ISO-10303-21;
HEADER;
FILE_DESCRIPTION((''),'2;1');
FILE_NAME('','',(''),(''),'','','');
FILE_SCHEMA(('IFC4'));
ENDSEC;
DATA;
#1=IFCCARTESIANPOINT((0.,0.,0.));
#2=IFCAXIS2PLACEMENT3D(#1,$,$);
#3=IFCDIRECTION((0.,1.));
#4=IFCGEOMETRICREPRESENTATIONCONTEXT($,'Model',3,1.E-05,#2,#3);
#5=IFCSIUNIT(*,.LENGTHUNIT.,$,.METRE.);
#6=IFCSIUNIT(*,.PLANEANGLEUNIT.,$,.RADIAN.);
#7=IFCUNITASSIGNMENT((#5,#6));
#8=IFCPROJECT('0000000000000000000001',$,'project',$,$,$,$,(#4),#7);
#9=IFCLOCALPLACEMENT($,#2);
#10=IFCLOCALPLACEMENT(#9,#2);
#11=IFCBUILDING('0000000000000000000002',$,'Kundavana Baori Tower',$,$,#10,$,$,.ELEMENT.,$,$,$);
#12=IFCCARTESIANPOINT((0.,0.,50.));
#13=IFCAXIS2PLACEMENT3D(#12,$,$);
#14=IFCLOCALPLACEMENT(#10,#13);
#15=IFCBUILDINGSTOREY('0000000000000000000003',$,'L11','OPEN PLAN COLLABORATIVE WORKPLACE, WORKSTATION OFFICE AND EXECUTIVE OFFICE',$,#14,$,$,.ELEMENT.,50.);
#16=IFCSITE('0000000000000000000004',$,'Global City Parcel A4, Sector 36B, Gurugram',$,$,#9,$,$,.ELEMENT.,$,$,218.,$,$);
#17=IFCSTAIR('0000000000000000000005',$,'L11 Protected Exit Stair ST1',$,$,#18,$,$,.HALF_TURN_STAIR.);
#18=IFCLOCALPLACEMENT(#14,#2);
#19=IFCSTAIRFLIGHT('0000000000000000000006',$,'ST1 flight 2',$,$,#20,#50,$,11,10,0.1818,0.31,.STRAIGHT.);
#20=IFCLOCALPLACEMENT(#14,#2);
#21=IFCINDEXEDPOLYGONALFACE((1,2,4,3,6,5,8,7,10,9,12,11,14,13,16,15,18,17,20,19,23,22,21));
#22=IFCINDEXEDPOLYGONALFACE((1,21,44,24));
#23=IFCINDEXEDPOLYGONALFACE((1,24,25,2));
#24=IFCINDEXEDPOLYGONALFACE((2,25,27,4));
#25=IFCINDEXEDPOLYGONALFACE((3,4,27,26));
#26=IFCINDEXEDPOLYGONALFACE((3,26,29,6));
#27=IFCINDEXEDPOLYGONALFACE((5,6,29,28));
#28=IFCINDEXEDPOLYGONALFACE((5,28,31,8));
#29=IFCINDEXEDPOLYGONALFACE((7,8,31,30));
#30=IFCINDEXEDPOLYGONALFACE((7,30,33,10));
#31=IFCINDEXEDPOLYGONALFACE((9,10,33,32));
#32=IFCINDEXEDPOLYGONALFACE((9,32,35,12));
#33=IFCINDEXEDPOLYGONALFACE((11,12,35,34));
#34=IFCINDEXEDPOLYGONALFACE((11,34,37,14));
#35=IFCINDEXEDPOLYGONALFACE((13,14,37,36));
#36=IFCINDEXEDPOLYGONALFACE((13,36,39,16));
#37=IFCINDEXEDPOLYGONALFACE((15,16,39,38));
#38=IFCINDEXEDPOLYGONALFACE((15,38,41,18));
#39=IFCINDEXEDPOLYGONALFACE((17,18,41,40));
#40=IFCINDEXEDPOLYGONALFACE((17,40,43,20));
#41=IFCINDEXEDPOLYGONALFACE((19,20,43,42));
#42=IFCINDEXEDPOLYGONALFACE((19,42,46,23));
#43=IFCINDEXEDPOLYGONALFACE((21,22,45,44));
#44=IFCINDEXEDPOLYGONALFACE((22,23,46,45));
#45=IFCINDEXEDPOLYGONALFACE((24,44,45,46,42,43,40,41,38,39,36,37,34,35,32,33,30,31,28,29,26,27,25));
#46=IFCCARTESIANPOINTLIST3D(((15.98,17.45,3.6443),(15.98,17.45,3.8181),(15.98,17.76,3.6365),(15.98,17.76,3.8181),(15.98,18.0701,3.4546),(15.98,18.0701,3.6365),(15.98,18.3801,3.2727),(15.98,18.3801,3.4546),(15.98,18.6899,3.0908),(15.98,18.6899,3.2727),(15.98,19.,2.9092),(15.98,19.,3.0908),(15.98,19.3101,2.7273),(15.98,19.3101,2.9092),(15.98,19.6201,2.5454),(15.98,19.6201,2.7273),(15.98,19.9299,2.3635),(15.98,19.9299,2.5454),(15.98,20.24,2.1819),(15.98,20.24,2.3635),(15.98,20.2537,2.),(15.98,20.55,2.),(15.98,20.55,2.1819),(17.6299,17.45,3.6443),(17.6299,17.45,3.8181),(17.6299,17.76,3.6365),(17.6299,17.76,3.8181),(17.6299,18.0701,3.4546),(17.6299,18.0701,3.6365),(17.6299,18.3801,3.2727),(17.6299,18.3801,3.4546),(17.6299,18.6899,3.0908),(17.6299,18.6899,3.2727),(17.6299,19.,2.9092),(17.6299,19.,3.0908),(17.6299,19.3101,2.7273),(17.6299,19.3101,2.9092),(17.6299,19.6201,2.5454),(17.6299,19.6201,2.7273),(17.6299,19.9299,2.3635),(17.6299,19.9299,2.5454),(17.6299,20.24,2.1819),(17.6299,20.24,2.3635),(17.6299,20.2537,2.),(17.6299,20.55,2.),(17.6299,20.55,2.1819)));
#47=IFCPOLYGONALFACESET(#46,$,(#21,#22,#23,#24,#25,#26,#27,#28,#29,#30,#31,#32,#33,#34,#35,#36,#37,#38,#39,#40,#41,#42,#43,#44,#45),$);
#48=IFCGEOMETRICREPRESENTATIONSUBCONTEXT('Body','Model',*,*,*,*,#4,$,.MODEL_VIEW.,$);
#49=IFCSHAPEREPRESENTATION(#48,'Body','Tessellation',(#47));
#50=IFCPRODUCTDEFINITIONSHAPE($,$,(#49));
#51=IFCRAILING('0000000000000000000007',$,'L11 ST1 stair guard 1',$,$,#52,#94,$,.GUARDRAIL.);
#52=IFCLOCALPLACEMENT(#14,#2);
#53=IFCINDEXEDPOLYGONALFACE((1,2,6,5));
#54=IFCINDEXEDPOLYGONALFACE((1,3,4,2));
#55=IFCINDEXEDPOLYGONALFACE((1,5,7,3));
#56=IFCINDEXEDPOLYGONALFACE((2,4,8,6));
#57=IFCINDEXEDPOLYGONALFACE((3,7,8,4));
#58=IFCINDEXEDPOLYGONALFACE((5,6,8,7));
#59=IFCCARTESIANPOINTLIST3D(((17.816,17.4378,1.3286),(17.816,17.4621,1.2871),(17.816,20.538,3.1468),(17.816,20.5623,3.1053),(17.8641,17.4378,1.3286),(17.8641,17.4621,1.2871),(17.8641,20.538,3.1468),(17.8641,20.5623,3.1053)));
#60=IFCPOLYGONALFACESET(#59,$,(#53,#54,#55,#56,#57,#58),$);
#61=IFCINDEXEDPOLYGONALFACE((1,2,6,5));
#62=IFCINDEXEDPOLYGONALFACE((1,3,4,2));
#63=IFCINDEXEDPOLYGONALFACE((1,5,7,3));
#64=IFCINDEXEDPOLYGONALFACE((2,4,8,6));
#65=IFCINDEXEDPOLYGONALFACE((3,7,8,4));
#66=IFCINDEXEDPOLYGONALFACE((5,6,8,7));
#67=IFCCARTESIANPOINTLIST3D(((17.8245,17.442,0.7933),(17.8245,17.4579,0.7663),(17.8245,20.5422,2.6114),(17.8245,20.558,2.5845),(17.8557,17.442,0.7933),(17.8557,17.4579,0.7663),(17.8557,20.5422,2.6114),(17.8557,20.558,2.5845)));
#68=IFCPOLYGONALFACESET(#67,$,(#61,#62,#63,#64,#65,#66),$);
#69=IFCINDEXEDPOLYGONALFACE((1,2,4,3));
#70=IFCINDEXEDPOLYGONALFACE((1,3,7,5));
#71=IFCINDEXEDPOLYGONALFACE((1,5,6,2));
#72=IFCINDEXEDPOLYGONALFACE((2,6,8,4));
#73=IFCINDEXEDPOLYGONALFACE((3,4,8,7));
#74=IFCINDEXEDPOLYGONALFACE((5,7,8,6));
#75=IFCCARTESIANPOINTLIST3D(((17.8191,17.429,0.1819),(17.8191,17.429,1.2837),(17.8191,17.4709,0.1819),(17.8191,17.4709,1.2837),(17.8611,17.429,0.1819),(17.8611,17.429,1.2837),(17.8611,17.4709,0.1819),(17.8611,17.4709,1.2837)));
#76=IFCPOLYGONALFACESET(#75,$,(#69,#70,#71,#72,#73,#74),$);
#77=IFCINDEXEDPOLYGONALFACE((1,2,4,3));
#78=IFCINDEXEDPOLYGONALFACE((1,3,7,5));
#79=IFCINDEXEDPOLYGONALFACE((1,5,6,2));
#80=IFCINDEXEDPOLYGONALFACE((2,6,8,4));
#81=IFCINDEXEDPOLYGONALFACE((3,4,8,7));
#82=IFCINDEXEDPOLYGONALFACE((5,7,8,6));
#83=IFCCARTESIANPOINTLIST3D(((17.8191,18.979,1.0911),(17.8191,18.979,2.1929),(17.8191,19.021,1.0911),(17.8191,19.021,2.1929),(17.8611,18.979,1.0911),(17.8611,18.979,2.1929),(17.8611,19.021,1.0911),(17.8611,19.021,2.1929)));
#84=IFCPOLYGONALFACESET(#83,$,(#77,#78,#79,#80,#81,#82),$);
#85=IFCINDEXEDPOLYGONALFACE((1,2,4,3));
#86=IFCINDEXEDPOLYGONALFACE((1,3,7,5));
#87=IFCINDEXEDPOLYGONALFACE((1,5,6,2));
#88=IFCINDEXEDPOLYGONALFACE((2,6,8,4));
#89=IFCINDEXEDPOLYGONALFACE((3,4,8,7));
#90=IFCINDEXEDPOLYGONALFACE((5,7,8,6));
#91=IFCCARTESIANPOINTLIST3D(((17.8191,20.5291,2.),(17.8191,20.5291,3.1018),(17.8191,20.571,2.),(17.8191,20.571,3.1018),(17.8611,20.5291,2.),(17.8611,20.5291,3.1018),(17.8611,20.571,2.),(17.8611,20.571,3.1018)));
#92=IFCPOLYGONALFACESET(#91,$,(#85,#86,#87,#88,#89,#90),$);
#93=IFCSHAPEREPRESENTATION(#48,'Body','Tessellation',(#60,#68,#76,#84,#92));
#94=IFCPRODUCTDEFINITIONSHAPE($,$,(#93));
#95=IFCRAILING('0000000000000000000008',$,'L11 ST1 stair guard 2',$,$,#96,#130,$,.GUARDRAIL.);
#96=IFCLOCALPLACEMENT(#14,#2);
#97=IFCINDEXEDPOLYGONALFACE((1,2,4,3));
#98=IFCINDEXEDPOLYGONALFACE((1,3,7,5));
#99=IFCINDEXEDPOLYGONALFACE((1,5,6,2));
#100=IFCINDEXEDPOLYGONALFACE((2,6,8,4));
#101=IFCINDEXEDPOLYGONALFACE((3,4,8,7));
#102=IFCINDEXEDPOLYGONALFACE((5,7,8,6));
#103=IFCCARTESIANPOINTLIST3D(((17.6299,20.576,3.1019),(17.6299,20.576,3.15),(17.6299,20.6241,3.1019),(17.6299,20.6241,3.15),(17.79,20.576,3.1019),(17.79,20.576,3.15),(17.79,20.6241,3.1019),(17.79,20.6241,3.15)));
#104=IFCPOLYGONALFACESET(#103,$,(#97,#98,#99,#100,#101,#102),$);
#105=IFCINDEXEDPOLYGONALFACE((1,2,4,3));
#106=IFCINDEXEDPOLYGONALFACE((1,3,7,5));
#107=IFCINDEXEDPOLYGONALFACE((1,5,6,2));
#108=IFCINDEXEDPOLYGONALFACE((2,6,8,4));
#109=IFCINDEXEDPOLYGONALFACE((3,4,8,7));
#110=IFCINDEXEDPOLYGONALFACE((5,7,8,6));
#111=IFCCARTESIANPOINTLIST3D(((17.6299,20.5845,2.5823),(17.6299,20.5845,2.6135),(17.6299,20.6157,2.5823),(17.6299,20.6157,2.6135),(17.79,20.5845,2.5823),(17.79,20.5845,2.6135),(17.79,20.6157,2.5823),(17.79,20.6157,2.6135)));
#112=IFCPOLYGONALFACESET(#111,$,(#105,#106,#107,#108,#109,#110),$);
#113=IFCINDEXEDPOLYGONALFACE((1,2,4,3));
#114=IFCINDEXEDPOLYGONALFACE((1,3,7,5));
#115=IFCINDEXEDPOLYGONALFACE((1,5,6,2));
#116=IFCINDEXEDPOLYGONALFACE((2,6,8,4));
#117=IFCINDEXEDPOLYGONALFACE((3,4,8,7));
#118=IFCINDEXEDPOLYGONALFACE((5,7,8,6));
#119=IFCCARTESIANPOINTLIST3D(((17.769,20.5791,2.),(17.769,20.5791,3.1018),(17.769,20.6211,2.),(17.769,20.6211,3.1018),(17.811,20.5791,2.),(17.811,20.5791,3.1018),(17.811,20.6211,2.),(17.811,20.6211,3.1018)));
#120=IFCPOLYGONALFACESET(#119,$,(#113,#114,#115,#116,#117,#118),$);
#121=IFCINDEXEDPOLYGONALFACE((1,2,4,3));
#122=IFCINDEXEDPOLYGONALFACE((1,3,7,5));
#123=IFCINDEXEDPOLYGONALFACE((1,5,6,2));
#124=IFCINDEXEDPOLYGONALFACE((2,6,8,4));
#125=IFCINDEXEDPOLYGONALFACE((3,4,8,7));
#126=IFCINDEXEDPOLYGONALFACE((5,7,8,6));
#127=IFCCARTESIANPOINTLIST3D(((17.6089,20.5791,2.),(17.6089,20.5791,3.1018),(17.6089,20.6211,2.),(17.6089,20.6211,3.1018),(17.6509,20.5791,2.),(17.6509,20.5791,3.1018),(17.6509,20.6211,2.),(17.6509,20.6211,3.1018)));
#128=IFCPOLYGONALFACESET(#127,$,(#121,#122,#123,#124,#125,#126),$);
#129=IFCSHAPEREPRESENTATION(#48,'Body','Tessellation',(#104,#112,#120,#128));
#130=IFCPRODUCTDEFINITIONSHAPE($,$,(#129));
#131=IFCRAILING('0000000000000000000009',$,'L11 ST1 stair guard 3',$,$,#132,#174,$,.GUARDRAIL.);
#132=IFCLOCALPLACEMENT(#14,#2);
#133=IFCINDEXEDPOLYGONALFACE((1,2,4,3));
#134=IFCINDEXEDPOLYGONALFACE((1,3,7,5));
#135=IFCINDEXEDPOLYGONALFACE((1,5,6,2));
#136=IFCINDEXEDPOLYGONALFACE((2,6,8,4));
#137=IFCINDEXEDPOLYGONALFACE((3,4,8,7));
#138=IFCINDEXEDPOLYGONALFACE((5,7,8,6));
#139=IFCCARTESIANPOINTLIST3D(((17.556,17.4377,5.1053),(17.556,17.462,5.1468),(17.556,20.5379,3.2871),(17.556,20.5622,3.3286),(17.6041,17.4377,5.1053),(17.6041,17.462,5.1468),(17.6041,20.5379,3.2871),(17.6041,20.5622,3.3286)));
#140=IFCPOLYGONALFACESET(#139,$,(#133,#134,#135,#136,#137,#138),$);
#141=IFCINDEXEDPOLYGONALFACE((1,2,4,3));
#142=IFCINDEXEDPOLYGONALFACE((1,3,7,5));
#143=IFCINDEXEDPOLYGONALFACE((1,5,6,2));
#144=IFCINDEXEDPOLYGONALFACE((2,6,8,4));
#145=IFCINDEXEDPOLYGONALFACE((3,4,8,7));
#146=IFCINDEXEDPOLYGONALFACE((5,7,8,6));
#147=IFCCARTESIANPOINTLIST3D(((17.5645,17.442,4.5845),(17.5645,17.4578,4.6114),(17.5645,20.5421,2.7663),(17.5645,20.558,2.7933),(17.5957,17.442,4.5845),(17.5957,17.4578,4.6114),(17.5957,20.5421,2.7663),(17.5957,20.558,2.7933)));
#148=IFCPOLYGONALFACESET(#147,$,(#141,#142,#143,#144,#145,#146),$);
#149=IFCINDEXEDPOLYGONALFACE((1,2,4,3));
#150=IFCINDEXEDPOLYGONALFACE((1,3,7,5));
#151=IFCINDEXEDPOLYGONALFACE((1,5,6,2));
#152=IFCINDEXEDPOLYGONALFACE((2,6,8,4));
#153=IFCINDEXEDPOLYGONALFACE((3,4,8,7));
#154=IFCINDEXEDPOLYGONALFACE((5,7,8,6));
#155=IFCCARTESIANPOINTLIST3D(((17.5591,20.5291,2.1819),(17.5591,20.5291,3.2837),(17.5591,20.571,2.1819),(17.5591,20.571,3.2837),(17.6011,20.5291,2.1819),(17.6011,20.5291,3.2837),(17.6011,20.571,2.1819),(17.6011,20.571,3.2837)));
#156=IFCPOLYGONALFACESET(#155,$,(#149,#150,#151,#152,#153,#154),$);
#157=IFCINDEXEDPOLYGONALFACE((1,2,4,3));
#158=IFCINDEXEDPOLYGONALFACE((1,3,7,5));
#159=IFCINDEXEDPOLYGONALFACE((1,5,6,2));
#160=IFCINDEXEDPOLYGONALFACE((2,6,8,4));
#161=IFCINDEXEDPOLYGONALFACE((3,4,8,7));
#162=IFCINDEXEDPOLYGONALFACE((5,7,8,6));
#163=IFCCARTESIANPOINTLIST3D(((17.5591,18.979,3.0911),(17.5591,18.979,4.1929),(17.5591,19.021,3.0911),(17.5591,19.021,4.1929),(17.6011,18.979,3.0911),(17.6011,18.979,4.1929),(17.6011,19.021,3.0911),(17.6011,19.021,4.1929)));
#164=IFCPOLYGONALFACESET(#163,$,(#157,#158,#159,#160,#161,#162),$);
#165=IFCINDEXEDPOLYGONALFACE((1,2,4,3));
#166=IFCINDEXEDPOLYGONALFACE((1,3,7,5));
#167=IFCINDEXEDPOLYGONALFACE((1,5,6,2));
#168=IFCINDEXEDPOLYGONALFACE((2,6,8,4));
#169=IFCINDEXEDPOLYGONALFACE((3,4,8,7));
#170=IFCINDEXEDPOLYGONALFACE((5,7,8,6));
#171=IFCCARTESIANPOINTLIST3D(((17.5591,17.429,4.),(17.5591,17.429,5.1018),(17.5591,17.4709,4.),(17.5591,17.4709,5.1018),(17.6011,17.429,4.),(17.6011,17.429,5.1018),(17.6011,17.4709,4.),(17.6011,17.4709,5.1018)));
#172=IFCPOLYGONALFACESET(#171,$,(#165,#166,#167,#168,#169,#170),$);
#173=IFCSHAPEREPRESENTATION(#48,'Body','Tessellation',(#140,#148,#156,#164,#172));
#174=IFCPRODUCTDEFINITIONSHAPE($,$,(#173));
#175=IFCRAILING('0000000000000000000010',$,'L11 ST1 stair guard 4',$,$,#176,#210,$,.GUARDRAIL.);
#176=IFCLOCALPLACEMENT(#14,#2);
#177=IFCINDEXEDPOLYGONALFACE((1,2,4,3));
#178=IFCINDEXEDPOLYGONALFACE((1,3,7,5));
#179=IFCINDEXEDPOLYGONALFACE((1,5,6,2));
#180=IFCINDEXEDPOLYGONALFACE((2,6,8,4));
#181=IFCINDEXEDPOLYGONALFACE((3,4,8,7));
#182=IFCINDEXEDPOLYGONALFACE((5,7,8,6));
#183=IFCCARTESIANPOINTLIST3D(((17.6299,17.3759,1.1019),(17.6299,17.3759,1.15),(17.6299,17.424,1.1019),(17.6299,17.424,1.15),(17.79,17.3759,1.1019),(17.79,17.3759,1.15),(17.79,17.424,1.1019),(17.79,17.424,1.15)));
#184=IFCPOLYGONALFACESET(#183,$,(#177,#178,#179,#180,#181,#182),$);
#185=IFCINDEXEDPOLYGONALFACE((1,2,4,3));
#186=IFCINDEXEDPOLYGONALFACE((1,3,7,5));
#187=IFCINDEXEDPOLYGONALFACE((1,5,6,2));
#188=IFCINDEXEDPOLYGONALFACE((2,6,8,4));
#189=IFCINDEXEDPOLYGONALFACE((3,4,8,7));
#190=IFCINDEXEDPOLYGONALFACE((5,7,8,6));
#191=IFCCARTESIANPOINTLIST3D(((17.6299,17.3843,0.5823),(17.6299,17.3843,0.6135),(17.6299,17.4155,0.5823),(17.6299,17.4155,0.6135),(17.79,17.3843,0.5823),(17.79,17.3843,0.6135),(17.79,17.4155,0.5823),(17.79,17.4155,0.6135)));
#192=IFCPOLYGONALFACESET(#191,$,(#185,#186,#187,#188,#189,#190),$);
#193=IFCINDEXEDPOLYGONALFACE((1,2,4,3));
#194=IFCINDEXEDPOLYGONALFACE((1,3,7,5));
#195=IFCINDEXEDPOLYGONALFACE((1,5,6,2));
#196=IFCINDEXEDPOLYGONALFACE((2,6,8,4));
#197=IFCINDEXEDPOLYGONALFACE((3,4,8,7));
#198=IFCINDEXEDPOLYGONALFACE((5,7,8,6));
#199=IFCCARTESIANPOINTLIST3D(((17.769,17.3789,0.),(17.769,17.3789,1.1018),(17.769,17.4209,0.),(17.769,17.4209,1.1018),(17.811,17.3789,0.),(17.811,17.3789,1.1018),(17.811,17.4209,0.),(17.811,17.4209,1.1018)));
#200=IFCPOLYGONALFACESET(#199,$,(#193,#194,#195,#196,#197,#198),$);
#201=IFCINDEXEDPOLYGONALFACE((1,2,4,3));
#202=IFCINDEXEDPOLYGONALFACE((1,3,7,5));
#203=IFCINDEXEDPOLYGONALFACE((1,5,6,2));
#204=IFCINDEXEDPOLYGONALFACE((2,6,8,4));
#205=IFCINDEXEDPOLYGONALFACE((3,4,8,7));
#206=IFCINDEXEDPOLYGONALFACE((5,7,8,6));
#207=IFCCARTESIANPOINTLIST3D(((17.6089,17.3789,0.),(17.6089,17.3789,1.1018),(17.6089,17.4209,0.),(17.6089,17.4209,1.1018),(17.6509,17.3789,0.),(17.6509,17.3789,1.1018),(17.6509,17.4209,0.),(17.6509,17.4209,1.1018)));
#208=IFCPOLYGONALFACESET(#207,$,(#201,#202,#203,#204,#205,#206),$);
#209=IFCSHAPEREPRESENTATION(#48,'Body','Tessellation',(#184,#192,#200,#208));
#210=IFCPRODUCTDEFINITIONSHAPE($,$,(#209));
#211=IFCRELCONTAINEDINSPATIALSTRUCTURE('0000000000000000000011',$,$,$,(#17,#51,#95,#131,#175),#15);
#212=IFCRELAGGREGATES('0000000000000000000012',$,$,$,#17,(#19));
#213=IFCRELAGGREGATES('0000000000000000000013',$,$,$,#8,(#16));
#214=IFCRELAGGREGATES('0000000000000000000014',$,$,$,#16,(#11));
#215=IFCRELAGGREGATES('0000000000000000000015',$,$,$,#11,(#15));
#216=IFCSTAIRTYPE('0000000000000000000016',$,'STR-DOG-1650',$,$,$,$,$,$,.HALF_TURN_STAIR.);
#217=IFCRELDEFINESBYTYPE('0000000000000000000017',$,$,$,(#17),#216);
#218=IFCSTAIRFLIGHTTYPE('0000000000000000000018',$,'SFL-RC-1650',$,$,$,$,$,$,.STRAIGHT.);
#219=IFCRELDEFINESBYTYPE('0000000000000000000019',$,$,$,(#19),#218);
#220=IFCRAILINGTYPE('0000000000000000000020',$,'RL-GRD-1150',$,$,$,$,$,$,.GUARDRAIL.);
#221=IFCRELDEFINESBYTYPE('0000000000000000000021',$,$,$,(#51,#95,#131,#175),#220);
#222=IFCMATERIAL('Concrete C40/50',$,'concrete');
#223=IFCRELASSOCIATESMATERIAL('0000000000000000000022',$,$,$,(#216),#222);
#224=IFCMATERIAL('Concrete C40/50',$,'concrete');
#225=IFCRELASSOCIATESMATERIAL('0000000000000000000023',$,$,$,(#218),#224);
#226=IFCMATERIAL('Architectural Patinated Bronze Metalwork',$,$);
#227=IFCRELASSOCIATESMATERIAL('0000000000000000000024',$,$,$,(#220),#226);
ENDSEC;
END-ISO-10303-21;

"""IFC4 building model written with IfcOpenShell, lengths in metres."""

from ifc_helpers import new_model, si_unit, direction, frame, origin, origin_2d, place, context, subcontext, project, spatial, polyline, rectangle, outline, extrude, material, type_object, element, aggregate, save


model = new_model("IFC4")

# Units and contexts
model_context = context("Model", 3, precision=1e-05, world=origin(), true_north=direction((0.0, 1.0)))
body_context = subcontext(model_context, "Body", "Model", "MODEL_VIEW")
ifc_project = project(units=[si_unit("LENGTHUNIT", "METRE"), si_unit("PLANEANGLEUNIT", "RADIAN")], contexts=[model_context])

# Site, building, storey
site_placement = place(None, origin())
site = spatial("IfcSite", under=ifc_project, at=site_placement, Name="Global City Parcel A4, Sector 36B, Gurugram", CompositionType="ELEMENT", RefElevation=218.0)
building_placement = place(site_placement, origin())
building = spatial("IfcBuilding", under=site, at=building_placement, Name="Kundavana Baori Tower", CompositionType="ELEMENT")
storey_placement = place(building_placement, frame((0.0, 0.0, 50.0)))
storey = spatial("IfcBuildingStorey", under=building, at=storey_placement, Name="L11", Description="OPEN PLAN COLLABORATIVE WORKPLACE, WORKSTATION OFFICE AND EXECUTIVE OFFICE", CompositionType="ELEMENT", Elevation=50.0)

# Stair, stair flight
ifc_material_1 = material(Name="Concrete C40/50", Category="concrete")
stair_type = type_object("IfcStairType", Name="STR-DOG-1650", PredefinedType="HALF_TURN_STAIR", material=ifc_material_1)
stair_placement = place(storey_placement, origin())
stair = element("IfcStair", 1, at=stair_placement, inside=storey, type_object=stair_type, Name="L11 Protected Exit Stair ST1", PredefinedType="HALF_TURN_STAIR")
ifc_material_2 = material(Name="Concrete C40/50", Category="concrete")
stair_flight_type = type_object("IfcStairFlightType", Name="SFL-RC-1650", PredefinedType="STRAIGHT", material=ifc_material_2)
stair_flight_1_placement = place(storey_placement, frame((16.8049, 20.55, 2.0), z_axis=(0.0, 0.0, 1.0), x_axis=(0.0, -1.0, 0.0)))
stair_flight_1 = element("IfcStairFlight", 2, at=stair_flight_1_placement, type_object=stair_flight_type, Name="ST1 flight 2", NumberOfRisers=11, NumberOfTreads=10, PredefinedType="STRAIGHT", RiserHeight=0.1818, TreadLength=0.31, context=body_context, shape_type="SweptSolid", body=[
    extrude(outline(polyline([(0.0, 0.0), (0.0, 0.1819), (0.3101, 0.1819), (0.3101, 0.3635), (0.6201, 0.3635), (0.6201, 0.5454), (0.9299, 0.5454), (0.9299, 0.7273), (1.24, 0.7273), (1.24, 0.9092), (1.55, 0.9092), (1.55, 1.0908), (1.8601, 1.0908), (1.8601, 1.2727), (2.1699, 1.2727), (2.1699, 1.4546), (2.48, 1.4546), (2.48, 1.6365), (2.79, 1.6365), (2.79, 1.8181), (3.1001, 1.8181), (3.1001, 2.0), (3.1001, 1.6443), (0.2964, 0.0), (0.0, 0.0)])), frame((0.0, 0.825, 0.0), z_axis=(0.0, -1.0, 0.0), x_axis=(1.0, 0.0, 0.0)), (0.0, 0.0, 1.0), 1.6499),
])
aggregate(stair, [stair_flight_1])

# Railings
ifc_material_3 = material(Name="Architectural Patinated Bronze Metalwork")
railing_type_1 = type_object("IfcRailingType", Name="RL-GRD-1150", PredefinedType="GUARDRAIL", material=ifc_material_3)
railing_1_placement = place(storey_placement, frame((17.8401, 17.45, 0.1819)))
element("IfcRailing", 3, at=railing_1_placement, inside=storey, type_object=railing_type_1, Name="L11 ST1 stair guard 1", PredefinedType="GUARDRAIL", context=body_context, shape_type="SweptSolid", body=[
    extrude(rectangle(XDim=0.0481, YDim=0.0481, at=origin_2d()), frame((0.0, 0.0, 1.126), z_axis=(0.0, 0.862599, 0.505889), x_axis=(-1.0, 0.0, 0.0)), (0.0, 0.0, 1.0), 3.594),
    extrude(rectangle(XDim=0.0312, YDim=0.0312, at=origin_2d()), frame((0.0, 0.0, 0.5979), z_axis=(0.0, 0.862599, 0.505889), x_axis=(-1.0, 0.0, 0.0)), (0.0, 0.0, 1.0), 3.594),
    extrude(rectangle(XDim=0.042, YDim=0.042, at=origin_2d()), origin(), (0.0, 0.0, 1.0), 1.1018),
    extrude(rectangle(XDim=0.042, YDim=0.042, at=origin_2d()), frame((0.0, 1.55, 0.9092)), (0.0, 0.0, 1.0), 1.1018),
    extrude(rectangle(XDim=0.042, YDim=0.042, at=origin_2d()), frame((0.0, 3.1001, 1.8181)), (0.0, 0.0, 1.0), 1.1018),
])
railing_2_placement = place(storey_placement, frame((17.79, 20.6001, 2.0)))
element("IfcRailing", 4, at=railing_2_placement, inside=storey, type_object=railing_type_1, Name="L11 ST1 stair guard 2", PredefinedType="GUARDRAIL", context=body_context, shape_type="SweptSolid", body=[
    extrude(rectangle(XDim=0.0481, YDim=0.0481, at=origin_2d()), frame((0.0, 0.0, 1.126), z_axis=(-1.0, 0.0, 0.0), x_axis=(0.0, -1.0, 0.0)), (0.0, 0.0, 1.0), 0.1602),
    extrude(rectangle(XDim=0.0312, YDim=0.0312, at=origin_2d()), frame((0.0, 0.0, 0.5979), z_axis=(-1.0, 0.0, 0.0), x_axis=(0.0, -1.0, 0.0)), (0.0, 0.0, 1.0), 0.1602),
    extrude(rectangle(XDim=0.042, YDim=0.042, at=origin_2d()), origin(), (0.0, 0.0, 1.0), 1.1018),
    extrude(rectangle(XDim=0.042, YDim=0.042, at=origin_2d()), frame((-0.1602, 0.0, 0.0)), (0.0, 0.0, 1.0), 1.1018),
])
railing_3_placement = place(storey_placement, frame((17.5801, 20.55, 2.1819)))
element("IfcRailing", 5, at=railing_3_placement, inside=storey, type_object=railing_type_1, Name="L11 ST1 stair guard 3", PredefinedType="GUARDRAIL", context=body_context, shape_type="SweptSolid", body=[
    extrude(rectangle(XDim=0.0481, YDim=0.0481, at=origin_2d()), frame((0.0, 0.0, 1.126), z_axis=(0.0, -0.862599, 0.505889), x_axis=(1.0, 0.0, 0.0)), (0.0, 0.0, 1.0), 3.594),
    extrude(rectangle(XDim=0.0312, YDim=0.0312, at=origin_2d()), frame((0.0, 0.0, 0.5979), z_axis=(0.0, -0.862599, 0.505889), x_axis=(1.0, 0.0, 0.0)), (0.0, 0.0, 1.0), 3.594),
    extrude(rectangle(XDim=0.042, YDim=0.042, at=origin_2d()), origin(), (0.0, 0.0, 1.0), 1.1018),
    extrude(rectangle(XDim=0.042, YDim=0.042, at=origin_2d()), frame((0.0, -1.55, 0.9092)), (0.0, 0.0, 1.0), 1.1018),
    extrude(rectangle(XDim=0.042, YDim=0.042, at=origin_2d()), frame((0.0, -3.1001, 1.8181)), (0.0, 0.0, 1.0), 1.1018),
])
railing_4_placement = place(storey_placement, frame((17.79, 17.3999, 0.0)))
element("IfcRailing", 6, at=railing_4_placement, inside=storey, type_object=railing_type_1, Name="L11 ST1 stair guard 4", PredefinedType="GUARDRAIL", context=body_context, shape_type="SweptSolid", body=[
    extrude(rectangle(XDim=0.0481, YDim=0.0481, at=origin_2d()), frame((0.0, 0.0, 1.126), z_axis=(-1.0, 0.0, 0.0), x_axis=(0.0, -1.0, 0.0)), (0.0, 0.0, 1.0), 0.1602),
    extrude(rectangle(XDim=0.0312, YDim=0.0312, at=origin_2d()), frame((0.0, 0.0, 0.5979), z_axis=(-1.0, 0.0, 0.0), x_axis=(0.0, -1.0, 0.0)), (0.0, 0.0, 1.0), 0.1602),
    extrude(rectangle(XDim=0.042, YDim=0.042, at=origin_2d()), origin(), (0.0, 0.0, 1.0), 1.1018),
    extrude(rectangle(XDim=0.042, YDim=0.042, at=origin_2d()), frame((-0.1602, 0.0, 0.0)), (0.0, 0.0, 1.0), 1.1018),
])

save(model, "model.ifc")
